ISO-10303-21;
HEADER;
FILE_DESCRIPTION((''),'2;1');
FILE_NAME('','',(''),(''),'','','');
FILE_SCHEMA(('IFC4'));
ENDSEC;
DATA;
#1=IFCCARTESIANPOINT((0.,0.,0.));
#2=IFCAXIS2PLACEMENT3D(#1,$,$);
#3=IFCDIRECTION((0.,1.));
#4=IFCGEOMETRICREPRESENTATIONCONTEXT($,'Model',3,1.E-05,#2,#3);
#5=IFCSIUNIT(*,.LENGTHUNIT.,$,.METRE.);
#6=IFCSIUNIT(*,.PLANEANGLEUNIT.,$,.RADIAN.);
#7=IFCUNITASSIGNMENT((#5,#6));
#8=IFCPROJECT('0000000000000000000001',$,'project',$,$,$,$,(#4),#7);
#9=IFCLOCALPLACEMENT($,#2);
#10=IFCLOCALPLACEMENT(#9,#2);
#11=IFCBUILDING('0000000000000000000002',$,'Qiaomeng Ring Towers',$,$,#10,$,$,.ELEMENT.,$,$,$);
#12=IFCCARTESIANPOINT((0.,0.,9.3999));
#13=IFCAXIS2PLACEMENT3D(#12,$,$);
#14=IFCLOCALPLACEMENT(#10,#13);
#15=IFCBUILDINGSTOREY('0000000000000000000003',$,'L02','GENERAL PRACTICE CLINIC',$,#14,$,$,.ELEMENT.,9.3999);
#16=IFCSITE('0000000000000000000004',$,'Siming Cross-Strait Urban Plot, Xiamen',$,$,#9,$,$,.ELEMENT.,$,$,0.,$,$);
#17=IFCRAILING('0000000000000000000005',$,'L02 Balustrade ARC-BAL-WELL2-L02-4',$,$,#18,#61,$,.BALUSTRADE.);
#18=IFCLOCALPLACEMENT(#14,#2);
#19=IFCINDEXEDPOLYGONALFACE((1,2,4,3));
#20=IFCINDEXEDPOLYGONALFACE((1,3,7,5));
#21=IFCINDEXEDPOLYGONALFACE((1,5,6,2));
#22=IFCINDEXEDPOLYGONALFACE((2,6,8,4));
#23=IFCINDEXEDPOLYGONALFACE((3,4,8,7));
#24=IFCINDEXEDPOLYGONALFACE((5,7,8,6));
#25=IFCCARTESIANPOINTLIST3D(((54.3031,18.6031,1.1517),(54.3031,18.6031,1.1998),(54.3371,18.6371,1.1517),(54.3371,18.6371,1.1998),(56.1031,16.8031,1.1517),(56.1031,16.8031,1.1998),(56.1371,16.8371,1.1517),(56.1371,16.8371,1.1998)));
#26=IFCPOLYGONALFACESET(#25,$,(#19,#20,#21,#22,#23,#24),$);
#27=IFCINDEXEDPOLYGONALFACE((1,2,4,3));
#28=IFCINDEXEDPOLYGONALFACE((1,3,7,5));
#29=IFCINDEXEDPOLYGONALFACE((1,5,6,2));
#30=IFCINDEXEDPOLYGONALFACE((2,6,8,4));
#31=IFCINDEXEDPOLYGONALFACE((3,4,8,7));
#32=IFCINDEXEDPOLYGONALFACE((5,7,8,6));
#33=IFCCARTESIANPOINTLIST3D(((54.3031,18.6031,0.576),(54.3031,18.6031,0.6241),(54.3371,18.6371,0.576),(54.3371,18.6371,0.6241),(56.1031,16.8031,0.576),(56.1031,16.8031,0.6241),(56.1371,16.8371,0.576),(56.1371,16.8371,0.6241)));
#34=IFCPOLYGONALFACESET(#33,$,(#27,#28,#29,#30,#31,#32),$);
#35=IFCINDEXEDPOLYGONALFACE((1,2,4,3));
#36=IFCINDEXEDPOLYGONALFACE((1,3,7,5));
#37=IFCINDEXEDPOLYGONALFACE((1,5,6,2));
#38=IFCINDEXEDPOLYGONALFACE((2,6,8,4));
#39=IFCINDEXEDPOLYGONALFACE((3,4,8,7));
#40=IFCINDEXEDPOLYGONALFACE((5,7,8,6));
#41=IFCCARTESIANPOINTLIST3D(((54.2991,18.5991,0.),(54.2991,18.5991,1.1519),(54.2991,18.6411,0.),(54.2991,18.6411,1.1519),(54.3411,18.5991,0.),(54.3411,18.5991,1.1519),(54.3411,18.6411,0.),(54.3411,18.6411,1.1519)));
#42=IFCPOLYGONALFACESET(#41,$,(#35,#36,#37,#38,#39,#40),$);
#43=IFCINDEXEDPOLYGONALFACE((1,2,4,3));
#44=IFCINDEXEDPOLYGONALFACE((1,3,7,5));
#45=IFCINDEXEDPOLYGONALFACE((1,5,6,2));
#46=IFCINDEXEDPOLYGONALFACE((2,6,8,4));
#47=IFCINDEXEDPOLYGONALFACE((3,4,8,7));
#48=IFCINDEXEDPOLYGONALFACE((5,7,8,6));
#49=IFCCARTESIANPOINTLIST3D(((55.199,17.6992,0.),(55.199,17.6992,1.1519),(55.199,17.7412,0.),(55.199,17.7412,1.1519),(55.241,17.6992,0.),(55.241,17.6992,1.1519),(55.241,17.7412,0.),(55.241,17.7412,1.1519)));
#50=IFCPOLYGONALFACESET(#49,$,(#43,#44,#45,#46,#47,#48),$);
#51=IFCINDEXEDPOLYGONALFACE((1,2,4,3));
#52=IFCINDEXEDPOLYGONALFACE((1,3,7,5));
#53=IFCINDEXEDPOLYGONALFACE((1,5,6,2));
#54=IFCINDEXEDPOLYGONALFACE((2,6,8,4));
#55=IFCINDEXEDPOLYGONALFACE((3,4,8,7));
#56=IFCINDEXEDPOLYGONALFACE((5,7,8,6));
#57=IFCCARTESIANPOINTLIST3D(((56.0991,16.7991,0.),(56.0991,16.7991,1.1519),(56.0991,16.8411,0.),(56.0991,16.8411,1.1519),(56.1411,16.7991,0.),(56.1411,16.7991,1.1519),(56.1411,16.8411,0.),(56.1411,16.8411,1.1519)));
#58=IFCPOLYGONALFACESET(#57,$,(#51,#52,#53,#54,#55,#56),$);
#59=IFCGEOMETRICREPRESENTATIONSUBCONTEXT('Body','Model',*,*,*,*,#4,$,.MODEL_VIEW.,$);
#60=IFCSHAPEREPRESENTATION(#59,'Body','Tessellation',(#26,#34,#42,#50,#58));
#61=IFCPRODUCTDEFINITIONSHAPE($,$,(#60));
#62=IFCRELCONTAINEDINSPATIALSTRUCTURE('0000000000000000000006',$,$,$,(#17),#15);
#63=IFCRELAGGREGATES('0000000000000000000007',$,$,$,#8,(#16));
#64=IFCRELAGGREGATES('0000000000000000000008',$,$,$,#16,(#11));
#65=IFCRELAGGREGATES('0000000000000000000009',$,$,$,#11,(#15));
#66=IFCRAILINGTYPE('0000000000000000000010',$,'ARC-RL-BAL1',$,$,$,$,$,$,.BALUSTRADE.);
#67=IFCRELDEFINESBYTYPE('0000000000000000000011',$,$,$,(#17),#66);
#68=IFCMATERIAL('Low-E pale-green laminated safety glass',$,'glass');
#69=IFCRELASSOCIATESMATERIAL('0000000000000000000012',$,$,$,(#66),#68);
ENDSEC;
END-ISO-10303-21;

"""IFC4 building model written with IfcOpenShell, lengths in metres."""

from ifc_helpers import new_model, si_unit, direction, frame, origin, origin_2d, place, context, subcontext, project, spatial, rectangle, extrude, material, type_object, element, save


model = new_model("IFC4")

# Units and contexts
model_context = context("Model", 3, precision=1e-05, world=origin(), true_north=direction((0.0, 1.0)))
body_context = subcontext(model_context, "Body", "Model", "MODEL_VIEW")
ifc_project = project(units=[si_unit("LENGTHUNIT", "METRE"), si_unit("PLANEANGLEUNIT", "RADIAN")], contexts=[model_context])

# Site, building, storey
site_placement = place(None, origin())
site = spatial("IfcSite", under=ifc_project, at=site_placement, Name="Siming Cross-Strait Urban Plot, Xiamen", CompositionType="ELEMENT", RefElevation=0.0)
building_placement = place(site_placement, origin())
building = spatial("IfcBuilding", under=site, at=building_placement, Name="Qiaomeng Ring Towers", CompositionType="ELEMENT")
storey_placement = place(building_placement, frame((0.0, 0.0, 9.3999)))
storey = spatial("IfcBuildingStorey", under=building, at=storey_placement, Name="L02", Description="GENERAL PRACTICE CLINIC", CompositionType="ELEMENT", Elevation=9.3999)

# Railing
ifc_material_1 = material(Name="Low-E pale-green laminated safety glass", Category="glass")
railing_type = type_object("IfcRailingType", Name="ARC-RL-BAL1", PredefinedType="BALUSTRADE", material=ifc_material_1)
railing_placement = place(storey_placement, frame((54.3201, 18.6201, 0.0)))
element("IfcRailing", 1, at=railing_placement, inside=storey, type_object=railing_type, Name="L02 Balustrade ARC-BAL-WELL2-L02-4", PredefinedType="BALUSTRADE", context=body_context, shape_type="SweptSolid", body=[
    extrude(rectangle(XDim=0.0481, YDim=0.0481, at=origin_2d()), frame((0.0, 0.0, 1.1758), z_axis=(0.707107, -0.707107, 0.0), x_axis=(0.707107, 0.707107, 0.0)), (0.0, 0.0, 1.0), 2.5457),
    extrude(rectangle(XDim=0.0481, YDim=0.0481, at=origin_2d()), frame((0.0, 0.0, 0.6001), z_axis=(0.707107, -0.707107, 0.0), x_axis=(0.707107, 0.707107, 0.0)), (0.0, 0.0, 1.0), 2.5457),
    extrude(rectangle(XDim=0.042, YDim=0.042, at=origin_2d()), origin(), (0.0, 0.0, 1.0), 1.1519),
    extrude(rectangle(XDim=0.042, YDim=0.042, at=origin_2d()), frame((0.8999, -0.8999, 0.0)), (0.0, 0.0, 1.0), 1.1519),
    extrude(rectangle(XDim=0.042, YDim=0.042, at=origin_2d()), frame((1.8, -1.8, 0.0)), (0.0, 0.0, 1.0), 1.1519),
])

save(model, "model.ifc")
